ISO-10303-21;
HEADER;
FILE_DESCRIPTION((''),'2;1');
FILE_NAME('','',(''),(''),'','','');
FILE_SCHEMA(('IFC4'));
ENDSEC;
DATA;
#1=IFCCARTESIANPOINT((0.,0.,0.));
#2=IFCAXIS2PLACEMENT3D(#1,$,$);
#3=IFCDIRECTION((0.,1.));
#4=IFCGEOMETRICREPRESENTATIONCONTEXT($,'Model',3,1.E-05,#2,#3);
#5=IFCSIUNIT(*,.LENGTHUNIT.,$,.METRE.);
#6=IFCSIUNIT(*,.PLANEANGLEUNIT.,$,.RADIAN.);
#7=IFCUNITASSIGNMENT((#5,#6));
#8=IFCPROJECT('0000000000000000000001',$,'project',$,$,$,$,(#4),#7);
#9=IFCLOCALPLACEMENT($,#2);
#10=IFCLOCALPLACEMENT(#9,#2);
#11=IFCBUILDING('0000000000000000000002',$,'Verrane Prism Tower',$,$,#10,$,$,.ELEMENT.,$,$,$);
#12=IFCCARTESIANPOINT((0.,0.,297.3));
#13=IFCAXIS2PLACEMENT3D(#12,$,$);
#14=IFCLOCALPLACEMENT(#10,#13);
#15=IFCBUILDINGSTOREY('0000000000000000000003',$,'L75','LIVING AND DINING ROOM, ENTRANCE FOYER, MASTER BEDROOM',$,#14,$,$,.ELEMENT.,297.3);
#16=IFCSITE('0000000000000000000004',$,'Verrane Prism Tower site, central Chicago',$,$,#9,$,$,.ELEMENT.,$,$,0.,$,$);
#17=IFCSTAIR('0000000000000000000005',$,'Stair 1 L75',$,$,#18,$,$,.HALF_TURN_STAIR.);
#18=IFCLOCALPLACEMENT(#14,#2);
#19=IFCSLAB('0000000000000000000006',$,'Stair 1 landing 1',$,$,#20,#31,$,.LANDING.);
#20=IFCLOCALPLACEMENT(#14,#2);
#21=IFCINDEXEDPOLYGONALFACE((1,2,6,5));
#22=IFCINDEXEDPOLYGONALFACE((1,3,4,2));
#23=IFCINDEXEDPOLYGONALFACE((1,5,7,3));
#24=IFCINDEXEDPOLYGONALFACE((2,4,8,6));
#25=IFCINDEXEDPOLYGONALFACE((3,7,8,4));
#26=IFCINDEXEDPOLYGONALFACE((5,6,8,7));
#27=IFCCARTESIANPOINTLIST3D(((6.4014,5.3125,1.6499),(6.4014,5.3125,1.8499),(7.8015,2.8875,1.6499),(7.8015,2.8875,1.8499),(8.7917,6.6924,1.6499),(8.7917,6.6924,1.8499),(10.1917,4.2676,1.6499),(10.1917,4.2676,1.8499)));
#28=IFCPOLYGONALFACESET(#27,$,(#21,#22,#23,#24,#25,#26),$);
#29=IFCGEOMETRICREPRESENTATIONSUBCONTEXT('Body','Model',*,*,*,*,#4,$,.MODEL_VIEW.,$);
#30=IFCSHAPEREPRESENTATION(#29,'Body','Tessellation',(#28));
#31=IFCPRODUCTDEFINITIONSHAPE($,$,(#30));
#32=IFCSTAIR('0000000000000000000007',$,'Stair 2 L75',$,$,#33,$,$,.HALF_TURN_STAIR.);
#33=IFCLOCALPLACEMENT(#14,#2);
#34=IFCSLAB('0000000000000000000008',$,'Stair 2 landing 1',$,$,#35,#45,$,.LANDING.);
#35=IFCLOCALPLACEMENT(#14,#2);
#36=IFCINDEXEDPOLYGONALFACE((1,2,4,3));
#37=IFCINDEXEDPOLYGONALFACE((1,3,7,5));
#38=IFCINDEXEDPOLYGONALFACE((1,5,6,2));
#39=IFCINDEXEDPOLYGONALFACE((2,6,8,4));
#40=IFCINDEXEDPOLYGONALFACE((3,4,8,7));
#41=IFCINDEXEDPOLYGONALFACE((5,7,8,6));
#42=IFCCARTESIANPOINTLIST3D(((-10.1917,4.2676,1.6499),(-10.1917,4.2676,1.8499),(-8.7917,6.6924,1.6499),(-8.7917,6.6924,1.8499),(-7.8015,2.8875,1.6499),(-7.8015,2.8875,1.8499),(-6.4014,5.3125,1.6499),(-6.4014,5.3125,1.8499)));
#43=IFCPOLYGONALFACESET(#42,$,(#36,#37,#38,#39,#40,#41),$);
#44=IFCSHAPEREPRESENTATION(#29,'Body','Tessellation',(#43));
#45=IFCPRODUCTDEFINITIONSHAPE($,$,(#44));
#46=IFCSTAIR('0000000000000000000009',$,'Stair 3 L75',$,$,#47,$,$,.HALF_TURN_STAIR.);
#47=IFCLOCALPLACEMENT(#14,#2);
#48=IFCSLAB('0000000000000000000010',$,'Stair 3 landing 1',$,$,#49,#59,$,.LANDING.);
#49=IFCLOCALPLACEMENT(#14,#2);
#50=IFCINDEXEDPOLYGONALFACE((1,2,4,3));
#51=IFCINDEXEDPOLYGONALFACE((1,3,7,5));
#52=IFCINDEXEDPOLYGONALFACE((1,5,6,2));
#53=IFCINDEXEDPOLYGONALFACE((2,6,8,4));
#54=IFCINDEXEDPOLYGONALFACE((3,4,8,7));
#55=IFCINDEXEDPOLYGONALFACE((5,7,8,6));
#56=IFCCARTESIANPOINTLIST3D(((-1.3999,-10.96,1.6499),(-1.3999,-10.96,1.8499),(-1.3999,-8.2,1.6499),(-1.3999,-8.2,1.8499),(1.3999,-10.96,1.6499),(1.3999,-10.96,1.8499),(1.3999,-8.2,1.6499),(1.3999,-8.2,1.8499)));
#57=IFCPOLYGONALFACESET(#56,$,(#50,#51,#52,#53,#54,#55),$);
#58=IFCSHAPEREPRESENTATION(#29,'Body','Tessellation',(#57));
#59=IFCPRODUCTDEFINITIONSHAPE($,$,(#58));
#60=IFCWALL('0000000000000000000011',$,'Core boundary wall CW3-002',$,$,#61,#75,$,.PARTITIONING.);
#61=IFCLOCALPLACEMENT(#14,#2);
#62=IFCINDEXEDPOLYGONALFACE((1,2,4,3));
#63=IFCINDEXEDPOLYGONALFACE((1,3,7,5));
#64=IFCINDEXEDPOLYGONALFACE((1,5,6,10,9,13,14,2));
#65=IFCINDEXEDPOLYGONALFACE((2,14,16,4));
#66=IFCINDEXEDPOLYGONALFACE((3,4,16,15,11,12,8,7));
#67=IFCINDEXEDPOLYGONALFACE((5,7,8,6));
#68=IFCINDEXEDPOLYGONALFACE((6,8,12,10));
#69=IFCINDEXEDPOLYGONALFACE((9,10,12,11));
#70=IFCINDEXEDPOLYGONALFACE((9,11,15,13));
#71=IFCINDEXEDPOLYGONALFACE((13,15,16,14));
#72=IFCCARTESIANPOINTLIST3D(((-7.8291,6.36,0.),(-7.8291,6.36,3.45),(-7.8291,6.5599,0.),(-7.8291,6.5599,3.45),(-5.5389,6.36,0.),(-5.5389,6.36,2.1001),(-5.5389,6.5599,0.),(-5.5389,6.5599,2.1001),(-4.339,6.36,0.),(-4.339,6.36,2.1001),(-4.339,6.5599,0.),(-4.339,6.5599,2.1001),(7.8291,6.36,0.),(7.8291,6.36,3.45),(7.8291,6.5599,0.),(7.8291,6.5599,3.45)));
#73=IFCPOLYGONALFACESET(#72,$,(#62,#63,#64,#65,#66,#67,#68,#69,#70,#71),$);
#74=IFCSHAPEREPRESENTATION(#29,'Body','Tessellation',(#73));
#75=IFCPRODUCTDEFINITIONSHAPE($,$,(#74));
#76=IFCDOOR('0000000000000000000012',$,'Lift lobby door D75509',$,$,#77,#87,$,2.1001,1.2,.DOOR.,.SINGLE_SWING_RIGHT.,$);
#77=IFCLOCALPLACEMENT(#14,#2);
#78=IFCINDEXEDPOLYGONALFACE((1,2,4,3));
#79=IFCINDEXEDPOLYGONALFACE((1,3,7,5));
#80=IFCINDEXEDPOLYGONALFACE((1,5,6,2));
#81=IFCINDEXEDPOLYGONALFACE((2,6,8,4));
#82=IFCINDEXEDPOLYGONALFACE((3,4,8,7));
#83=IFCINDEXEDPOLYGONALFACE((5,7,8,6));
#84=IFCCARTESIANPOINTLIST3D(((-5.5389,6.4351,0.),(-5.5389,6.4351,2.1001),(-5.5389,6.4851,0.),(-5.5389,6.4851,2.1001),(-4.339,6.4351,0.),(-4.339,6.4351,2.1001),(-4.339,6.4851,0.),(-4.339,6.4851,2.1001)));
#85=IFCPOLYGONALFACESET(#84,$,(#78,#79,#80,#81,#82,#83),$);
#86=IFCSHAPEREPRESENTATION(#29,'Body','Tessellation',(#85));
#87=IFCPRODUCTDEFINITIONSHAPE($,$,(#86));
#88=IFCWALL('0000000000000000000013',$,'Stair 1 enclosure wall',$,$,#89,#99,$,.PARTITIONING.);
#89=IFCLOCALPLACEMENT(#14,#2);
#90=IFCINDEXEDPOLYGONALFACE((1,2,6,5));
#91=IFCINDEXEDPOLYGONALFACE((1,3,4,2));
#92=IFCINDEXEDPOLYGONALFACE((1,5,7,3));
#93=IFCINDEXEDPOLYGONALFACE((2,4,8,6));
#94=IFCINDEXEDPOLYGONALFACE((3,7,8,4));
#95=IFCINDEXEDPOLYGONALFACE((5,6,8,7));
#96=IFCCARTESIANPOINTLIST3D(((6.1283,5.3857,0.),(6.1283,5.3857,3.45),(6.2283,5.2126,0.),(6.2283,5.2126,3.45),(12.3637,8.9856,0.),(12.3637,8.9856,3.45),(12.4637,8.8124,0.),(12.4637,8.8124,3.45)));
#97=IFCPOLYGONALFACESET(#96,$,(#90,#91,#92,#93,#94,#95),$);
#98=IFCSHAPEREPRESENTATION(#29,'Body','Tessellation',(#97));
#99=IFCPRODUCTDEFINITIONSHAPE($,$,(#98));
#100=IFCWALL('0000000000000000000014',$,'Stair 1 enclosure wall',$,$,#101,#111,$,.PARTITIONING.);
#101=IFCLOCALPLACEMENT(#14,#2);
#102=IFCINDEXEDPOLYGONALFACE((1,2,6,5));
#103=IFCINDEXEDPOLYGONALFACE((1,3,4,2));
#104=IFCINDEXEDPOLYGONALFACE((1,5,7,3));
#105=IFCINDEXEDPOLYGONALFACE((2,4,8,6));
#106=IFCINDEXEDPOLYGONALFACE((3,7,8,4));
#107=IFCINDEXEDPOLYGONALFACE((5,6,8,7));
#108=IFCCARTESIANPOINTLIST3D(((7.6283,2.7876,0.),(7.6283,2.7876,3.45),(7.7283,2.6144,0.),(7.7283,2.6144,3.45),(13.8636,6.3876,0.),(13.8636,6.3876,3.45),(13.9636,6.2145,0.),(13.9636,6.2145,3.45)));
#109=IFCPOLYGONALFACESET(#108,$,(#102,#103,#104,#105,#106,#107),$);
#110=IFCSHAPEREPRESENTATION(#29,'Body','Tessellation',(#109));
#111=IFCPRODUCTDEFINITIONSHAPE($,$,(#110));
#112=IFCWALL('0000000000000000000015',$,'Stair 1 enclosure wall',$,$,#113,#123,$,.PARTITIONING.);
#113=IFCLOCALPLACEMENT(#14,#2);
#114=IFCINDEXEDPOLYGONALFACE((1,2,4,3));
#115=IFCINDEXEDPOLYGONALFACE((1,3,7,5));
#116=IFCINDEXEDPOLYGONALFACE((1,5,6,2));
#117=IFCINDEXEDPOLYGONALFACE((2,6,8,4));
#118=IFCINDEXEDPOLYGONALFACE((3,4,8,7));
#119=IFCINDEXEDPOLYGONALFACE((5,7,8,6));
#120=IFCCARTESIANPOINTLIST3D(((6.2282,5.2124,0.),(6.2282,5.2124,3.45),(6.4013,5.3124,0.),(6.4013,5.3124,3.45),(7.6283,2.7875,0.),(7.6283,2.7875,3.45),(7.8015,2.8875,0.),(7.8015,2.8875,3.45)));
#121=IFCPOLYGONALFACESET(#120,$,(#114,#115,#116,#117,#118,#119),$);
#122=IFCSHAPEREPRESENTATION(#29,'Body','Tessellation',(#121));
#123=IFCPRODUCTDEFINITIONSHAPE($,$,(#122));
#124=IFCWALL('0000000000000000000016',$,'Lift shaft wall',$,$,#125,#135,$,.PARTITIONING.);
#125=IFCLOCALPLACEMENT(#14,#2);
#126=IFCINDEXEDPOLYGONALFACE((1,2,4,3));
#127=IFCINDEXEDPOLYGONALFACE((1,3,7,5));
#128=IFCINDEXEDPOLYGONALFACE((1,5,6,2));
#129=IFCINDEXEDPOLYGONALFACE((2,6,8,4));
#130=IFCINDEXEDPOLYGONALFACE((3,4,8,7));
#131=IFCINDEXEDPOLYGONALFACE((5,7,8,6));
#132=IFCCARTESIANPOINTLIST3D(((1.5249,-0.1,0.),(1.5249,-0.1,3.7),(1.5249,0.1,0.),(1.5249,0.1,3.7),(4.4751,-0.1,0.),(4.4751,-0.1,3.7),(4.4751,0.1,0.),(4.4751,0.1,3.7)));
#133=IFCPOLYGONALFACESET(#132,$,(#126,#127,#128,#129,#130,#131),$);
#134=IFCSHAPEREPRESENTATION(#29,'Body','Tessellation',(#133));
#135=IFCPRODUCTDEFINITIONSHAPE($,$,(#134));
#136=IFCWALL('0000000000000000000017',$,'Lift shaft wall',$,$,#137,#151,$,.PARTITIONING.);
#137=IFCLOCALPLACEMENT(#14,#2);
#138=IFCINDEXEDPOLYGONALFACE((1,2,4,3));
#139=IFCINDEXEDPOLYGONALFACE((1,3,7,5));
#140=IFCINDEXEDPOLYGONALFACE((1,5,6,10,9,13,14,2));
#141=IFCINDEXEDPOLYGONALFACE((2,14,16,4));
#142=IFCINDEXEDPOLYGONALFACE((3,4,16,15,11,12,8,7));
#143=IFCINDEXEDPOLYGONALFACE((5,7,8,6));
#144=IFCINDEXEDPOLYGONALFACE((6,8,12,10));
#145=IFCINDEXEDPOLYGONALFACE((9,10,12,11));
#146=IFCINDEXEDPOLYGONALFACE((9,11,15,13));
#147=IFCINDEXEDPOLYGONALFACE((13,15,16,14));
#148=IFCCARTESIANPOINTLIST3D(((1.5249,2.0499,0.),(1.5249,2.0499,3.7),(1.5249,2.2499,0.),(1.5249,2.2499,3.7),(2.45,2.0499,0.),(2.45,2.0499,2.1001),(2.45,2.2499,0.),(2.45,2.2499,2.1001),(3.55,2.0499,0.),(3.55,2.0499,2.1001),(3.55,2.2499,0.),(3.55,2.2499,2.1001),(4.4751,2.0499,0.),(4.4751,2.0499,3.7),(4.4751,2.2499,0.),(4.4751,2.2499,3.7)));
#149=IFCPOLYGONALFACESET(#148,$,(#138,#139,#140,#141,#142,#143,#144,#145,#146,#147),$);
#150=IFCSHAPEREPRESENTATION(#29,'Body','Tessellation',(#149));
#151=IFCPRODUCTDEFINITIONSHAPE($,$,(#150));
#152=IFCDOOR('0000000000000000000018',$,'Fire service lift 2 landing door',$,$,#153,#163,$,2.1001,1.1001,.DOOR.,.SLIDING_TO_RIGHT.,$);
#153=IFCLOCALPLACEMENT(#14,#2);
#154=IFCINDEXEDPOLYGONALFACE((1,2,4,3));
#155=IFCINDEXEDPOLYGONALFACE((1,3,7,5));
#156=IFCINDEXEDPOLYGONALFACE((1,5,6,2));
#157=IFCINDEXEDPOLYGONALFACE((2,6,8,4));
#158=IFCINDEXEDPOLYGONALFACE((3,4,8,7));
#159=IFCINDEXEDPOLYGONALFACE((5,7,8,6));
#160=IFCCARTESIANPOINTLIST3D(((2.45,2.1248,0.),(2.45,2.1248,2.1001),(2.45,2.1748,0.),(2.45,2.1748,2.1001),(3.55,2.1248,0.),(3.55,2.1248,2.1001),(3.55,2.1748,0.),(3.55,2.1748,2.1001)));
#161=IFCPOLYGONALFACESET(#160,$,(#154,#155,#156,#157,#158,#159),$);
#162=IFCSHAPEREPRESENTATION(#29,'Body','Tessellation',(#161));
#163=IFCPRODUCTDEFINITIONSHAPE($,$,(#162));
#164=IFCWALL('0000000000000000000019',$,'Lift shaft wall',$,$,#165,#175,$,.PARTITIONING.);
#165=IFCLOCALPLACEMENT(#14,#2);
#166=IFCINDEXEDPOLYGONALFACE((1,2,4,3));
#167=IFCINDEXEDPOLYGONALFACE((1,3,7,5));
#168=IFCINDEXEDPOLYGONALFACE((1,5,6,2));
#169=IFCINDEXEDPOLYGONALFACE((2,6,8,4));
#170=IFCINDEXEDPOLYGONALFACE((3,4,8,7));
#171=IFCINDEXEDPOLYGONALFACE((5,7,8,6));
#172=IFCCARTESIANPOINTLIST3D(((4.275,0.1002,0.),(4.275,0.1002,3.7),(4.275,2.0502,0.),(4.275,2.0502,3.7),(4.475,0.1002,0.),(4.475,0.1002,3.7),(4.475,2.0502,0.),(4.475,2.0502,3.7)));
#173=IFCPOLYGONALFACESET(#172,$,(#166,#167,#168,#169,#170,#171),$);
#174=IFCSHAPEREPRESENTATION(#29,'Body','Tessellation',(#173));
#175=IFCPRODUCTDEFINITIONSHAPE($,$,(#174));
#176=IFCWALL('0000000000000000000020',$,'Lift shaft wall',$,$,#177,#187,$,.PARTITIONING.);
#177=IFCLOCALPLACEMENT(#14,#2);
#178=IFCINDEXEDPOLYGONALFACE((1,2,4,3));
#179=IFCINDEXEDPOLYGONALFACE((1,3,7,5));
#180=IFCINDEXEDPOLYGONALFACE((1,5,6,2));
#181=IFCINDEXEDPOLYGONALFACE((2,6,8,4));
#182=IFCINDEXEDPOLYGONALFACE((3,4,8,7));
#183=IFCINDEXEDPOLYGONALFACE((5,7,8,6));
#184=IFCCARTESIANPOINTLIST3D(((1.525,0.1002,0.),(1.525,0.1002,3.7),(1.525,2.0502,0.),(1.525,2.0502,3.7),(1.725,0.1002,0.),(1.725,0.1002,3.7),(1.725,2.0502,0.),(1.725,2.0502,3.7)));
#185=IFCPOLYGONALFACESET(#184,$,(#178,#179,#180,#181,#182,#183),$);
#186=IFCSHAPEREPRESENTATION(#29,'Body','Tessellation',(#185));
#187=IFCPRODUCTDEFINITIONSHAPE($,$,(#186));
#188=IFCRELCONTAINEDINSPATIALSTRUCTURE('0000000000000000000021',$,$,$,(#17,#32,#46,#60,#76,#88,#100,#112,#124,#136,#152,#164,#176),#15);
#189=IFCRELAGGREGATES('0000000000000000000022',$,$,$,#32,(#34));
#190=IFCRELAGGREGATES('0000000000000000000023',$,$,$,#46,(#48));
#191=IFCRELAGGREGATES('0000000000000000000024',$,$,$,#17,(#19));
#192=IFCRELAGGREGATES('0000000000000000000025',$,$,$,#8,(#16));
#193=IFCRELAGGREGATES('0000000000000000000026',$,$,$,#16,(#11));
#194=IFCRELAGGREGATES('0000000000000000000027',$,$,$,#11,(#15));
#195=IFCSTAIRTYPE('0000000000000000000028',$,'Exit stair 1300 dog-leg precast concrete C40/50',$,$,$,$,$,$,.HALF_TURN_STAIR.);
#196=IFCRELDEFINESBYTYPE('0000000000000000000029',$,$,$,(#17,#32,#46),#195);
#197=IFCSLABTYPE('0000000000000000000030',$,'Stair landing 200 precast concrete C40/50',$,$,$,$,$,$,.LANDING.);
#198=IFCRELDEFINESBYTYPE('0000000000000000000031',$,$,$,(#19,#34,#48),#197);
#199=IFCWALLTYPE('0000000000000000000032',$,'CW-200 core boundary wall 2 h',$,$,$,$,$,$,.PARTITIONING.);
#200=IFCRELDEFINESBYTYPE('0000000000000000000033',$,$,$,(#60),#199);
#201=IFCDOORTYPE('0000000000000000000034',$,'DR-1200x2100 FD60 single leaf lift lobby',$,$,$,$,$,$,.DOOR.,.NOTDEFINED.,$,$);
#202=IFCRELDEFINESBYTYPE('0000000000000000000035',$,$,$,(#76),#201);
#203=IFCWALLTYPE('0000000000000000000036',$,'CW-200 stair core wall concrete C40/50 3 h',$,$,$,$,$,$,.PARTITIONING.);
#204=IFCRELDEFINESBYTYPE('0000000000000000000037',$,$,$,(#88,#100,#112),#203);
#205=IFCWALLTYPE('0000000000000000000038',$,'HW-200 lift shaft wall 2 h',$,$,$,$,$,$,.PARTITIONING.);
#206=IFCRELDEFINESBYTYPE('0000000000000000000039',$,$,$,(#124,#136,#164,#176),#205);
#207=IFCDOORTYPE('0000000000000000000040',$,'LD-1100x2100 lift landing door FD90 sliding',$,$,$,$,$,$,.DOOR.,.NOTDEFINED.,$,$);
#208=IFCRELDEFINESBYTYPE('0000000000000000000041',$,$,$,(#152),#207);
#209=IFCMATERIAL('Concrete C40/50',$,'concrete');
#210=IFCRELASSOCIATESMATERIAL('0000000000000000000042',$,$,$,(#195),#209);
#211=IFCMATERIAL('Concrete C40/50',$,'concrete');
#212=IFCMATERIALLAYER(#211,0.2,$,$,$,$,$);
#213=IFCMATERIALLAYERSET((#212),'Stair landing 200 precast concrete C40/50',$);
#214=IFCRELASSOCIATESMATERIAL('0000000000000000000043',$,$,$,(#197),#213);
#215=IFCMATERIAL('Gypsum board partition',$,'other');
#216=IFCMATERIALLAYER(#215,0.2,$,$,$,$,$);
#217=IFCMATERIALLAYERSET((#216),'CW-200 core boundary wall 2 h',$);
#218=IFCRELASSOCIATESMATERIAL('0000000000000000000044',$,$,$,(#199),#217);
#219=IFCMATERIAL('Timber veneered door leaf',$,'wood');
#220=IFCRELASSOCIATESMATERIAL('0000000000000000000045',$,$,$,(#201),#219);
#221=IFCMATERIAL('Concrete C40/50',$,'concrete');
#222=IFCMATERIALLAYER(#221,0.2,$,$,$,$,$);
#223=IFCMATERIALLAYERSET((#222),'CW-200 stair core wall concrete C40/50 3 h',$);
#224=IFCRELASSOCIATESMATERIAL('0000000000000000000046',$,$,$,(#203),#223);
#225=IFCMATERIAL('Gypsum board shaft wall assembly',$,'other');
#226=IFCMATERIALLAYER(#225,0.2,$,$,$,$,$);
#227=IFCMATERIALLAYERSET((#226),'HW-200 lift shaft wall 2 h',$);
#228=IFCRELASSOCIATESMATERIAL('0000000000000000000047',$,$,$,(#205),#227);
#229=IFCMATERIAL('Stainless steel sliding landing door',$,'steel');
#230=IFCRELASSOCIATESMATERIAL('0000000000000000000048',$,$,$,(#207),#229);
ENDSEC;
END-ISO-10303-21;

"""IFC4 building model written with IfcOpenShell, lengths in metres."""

from ifc_helpers import new_model, si_unit, direction, frame, frame_2d, origin, place, context, subcontext, project, spatial, polyline, rectangle, outline, extrude, material, layer, layer_set, type_object, element, fill, aggregate, save


model = new_model("IFC4")

# Units and contexts
model_context = context("Model", 3, precision=1e-05, world=origin(), true_north=direction((0.0, 1.0)))
body_context = subcontext(model_context, "Body", "Model", "MODEL_VIEW")
ifc_project = project(units=[si_unit("LENGTHUNIT", "METRE"), si_unit("PLANEANGLEUNIT", "RADIAN")], contexts=[model_context])

# Site, building, storey
site_placement = place(None, origin())
site = spatial("IfcSite", under=ifc_project, at=site_placement, Name="Verrane Prism Tower site, central Chicago", CompositionType="ELEMENT", RefElevation=0.0)
building_placement = place(site_placement, origin())
building = spatial("IfcBuilding", under=site, at=building_placement, Name="Verrane Prism Tower", CompositionType="ELEMENT")
storey_placement = place(building_placement, frame((0.0, 0.0, 297.3)))
storey = spatial("IfcBuildingStorey", under=building, at=storey_placement, Name="L75", Description="LIVING AND DINING ROOM, ENTRANCE FOYER, MASTER BEDROOM", CompositionType="ELEMENT", Elevation=297.3)

# Stairs, slabs
ifc_material_1 = material(Name="Concrete C40/50", Category="concrete")
stair_type = type_object("IfcStairType", Name="Exit stair 1300 dog-leg precast concrete C40/50", PredefinedType="HALF_TURN_STAIR", material=ifc_material_1)
stair_1_placement = place(storey_placement, origin())
stair_1 = element("IfcStair", 1, at=stair_1_placement, inside=storey, type_object=stair_type, Name="Stair 1 L75", PredefinedType="HALF_TURN_STAIR")
ifc_material_2 = material(Name="Concrete C40/50", Category="concrete")
ifc_layer_1 = layer(ifc_material_2, 0.2)
ifc_layer_set_1 = layer_set([ifc_layer_1], Name="Stair landing 200 precast concrete C40/50")
slab_type_1 = type_object("IfcSlabType", Name="Stair landing 200 precast concrete C40/50", PredefinedType="LANDING", material=ifc_layer_set_1)
slab_1_placement = place(storey_placement, frame((0.0, 0.0, 1.6499)))
slab_1 = element("IfcSlab", 2, at=slab_1_placement, type_object=slab_type_1, Name="Stair 1 landing 1", PredefinedType="LANDING", context=body_context, shape_type="SweptSolid", body=[
    extrude(outline(polyline([(8.7917, 6.6924), (6.4014, 5.3125), (7.8015, 2.8875), (10.1917, 4.2676), (8.7917, 6.6924)])), origin(), (0.0, 0.0, 1.0), 0.2),
])
stair_2_placement = place(storey_placement, origin())
stair_2 = element("IfcStair", 3, at=stair_2_placement, inside=storey, type_object=stair_type, Name="Stair 2 L75", PredefinedType="HALF_TURN_STAIR")
slab_2_placement = place(storey_placement, frame((0.0, 0.0, 1.6499)))
slab_2 = element("IfcSlab", 4, at=slab_2_placement, type_object=slab_type_1, Name="Stair 2 landing 1", PredefinedType="LANDING", context=body_context, shape_type="SweptSolid", body=[
    extrude(outline(polyline([(-10.1917, 4.2676), (-7.8015, 2.8875), (-6.4014, 5.3125), (-8.7917, 6.6924), (-10.1917, 4.2676)])), origin(), (0.0, 0.0, 1.0), 0.2),
])
aggregate(stair_2, [slab_2])
stair_3_placement = place(storey_placement, origin())
stair_3 = element("IfcStair", 5, at=stair_3_placement, inside=storey, type_object=stair_type, Name="Stair 3 L75", PredefinedType="HALF_TURN_STAIR")
slab_3_placement = place(storey_placement, frame((0.0, 0.0, 1.6499)))
slab_3 = element("IfcSlab", 6, at=slab_3_placement, type_object=slab_type_1, Name="Stair 3 landing 1", PredefinedType="LANDING", context=body_context, shape_type="SweptSolid", body=[
    extrude(outline(polyline([(1.3999, -10.96), (1.3999, -8.2), (-1.3999, -8.2), (-1.3999, -10.96), (1.3999, -10.96)])), origin(), (0.0, 0.0, 1.0), 0.2),
])
aggregate(stair_3, [slab_3])

# Wall, opening, door
ifc_material_3 = material(Name="Gypsum board partition", Category="other")
ifc_layer_2 = layer(ifc_material_3, 0.2)
ifc_layer_set_2 = layer_set([ifc_layer_2], Name="CW-200 core boundary wall 2 h")
wall_type_1 = type_object("IfcWallType", Name="CW-200 core boundary wall 2 h", PredefinedType="PARTITIONING", material=ifc_layer_set_2)
wall_1_placement = place(storey_placement, frame((7.8291, 6.46, 0.0), z_axis=(0.0, 0.0, 1.0), x_axis=(-1.0, 0.0, 0.0)))
wall_1 = element("IfcWall", 7, at=wall_1_placement, inside=storey, type_object=wall_type_1, Name="Core boundary wall CW3-002", PredefinedType="PARTITIONING", context=body_context, shape_type="SweptSolid", body=[
    extrude(rectangle(XDim=15.6582, YDim=0.2, at=frame_2d((7.8291, 0.0))), origin(), (0.0, 0.0, 1.0), 3.45),
])
opening_1_placement = place(wall_1_placement, frame((12.168, 0.0, 0.0)))
opening_1 = element("IfcOpeningElement", 8, at=opening_1_placement, cuts=wall_1, PredefinedType="OPENING", context=body_context, shape_type="SweptSolid", body=[
    extrude(rectangle(XDim=1.2, YDim=2.1001, at=frame_2d((0.6001, 1.05))), frame((0.0, 0.1099, 0.0), z_axis=(0.0, -1.0, 0.0), x_axis=(1.0, 0.0, 0.0)), (0.0, 0.0, 1.0), 0.22),
])
ifc_material_4 = material(Name="Timber veneered door leaf", Category="wood")
door_type_1 = type_object("IfcDoorType", Name="DR-1200x2100 FD60 single leaf lift lobby", OperationType="NOTDEFINED", PredefinedType="DOOR", material=ifc_material_4)
door_1_placement = place(opening_1_placement, origin())
door_1 = element("IfcDoor", 9, at=door_1_placement, inside=storey, type_object=door_type_1, Name="Lift lobby door D75509", OperationType="SINGLE_SWING_RIGHT", OverallHeight=2.1001, OverallWidth=1.2, PredefinedType="DOOR", context=body_context, shape_type="SweptSolid", body=[
    extrude(rectangle(XDim=1.2, YDim=2.1001, at=frame_2d((0.6001, 1.05))), frame((0.0, 0.0249, 0.0), z_axis=(0.0, -1.0, 0.0), x_axis=(1.0, 0.0, 0.0)), (0.0, 0.0, 1.0), 0.05),
])
fill(opening_1, door_1)

# Walls
ifc_material_5 = material(Name="Concrete C40/50", Category="concrete")
ifc_layer_3 = layer(ifc_material_5, 0.2)
ifc_layer_set_3 = layer_set([ifc_layer_3], Name="CW-200 stair core wall concrete C40/50 3 h")
wall_type_2 = type_object("IfcWallType", Name="CW-200 stair core wall concrete C40/50 3 h", PredefinedType="PARTITIONING", material=ifc_layer_set_3)
for number, where, z_axis, x_axis, name in (
    (10, (6.1782, 5.2991, 0.0), (0.0, 0.0, 1.0), (0.866033, 0.499987, 0.0), "Stair 1 enclosure wall"),
    (11, (7.6782, 2.7009, 0.0), (0.0, 0.0, 1.0), (0.866018, 0.500012, 0.0), "Stair 1 enclosure wall"),
):
    element("IfcWall", number, at=place(storey_placement, frame(where, z_axis=z_axis, x_axis=x_axis)), inside=storey, type_object=wall_type_2, Name=name, PredefinedType="PARTITIONING", context=body_context, shape_type="SweptSolid", body=[
        extrude(rectangle(XDim=7.2, YDim=0.2, at=frame_2d((3.6001, 0.0))), origin(), (0.0, 0.0, 1.0), 3.45),
    ])
wall_2_placement = place(storey_placement, frame((7.7148, 2.8376, 0.0), z_axis=(0.0, 0.0, 1.0), x_axis=(-0.50005, 0.865997, 0.0)))
element("IfcWall", 12, at=wall_2_placement, inside=storey, type_object=wall_type_2, Name="Stair 1 enclosure wall", PredefinedType="PARTITIONING", context=body_context, shape_type="SweptSolid", body=[
    extrude(rectangle(XDim=2.8, YDim=0.2, at=frame_2d((1.3999, 0.0))), origin(), (0.0, 0.0, 1.0), 3.45),
])
ifc_material_6 = material(Name="Gypsum board shaft wall assembly", Category="other")
ifc_layer_4 = layer(ifc_material_6, 0.2)
ifc_layer_set_4 = layer_set([ifc_layer_4], Name="HW-200 lift shaft wall 2 h")
wall_type_3 = type_object("IfcWallType", Name="HW-200 lift shaft wall 2 h", PredefinedType="PARTITIONING", material=ifc_layer_set_4)
wall_3_placement = place(storey_placement, frame((1.5249, 0.0, 0.0), z_axis=(0.0, 0.0, 1.0), x_axis=(1.0, 0.0, 0.0)))
element("IfcWall", 13, at=wall_3_placement, inside=storey, type_object=wall_type_3, Name="Lift shaft wall", PredefinedType="PARTITIONING", context=body_context, shape_type="SweptSolid", body=[
    extrude(rectangle(XDim=2.9502, YDim=0.2, at=frame_2d((1.4751, 0.0))), origin(), (0.0, 0.0, 1.0), 3.7),
])

# Wall, opening, door
wall_4_placement = place(storey_placement, frame((1.5249, 2.1499, 0.0), z_axis=(0.0, 0.0, 1.0), x_axis=(1.0, 0.0, 0.0)))
wall_4 = element("IfcWall", 14, at=wall_4_placement, inside=storey, type_object=wall_type_3, Name="Lift shaft wall", PredefinedType="PARTITIONING", context=body_context, shape_type="SweptSolid", body=[
    extrude(rectangle(XDim=2.9502, YDim=0.2, at=frame_2d((1.4751, 0.0))), origin(), (0.0, 0.0, 1.0), 3.7),
])
opening_2_placement = place(wall_4_placement, frame((0.925, 0.0, 0.0)))
opening_2 = element("IfcOpeningElement", 15, at=opening_2_placement, cuts=wall_4, PredefinedType="OPENING", context=body_context, shape_type="SweptSolid", body=[
    extrude(rectangle(XDim=1.1001, YDim=2.1001, at=frame_2d((0.55, 1.05))), frame((0.0, 0.1099, 0.0), z_axis=(0.0, -1.0, 0.0), x_axis=(1.0, 0.0, 0.0)), (0.0, 0.0, 1.0), 0.22),
])
ifc_material_7 = material(Name="Stainless steel sliding landing door", Category="steel")
door_type_2 = type_object("IfcDoorType", Name="LD-1100x2100 lift landing door FD90 sliding", OperationType="NOTDEFINED", PredefinedType="DOOR", material=ifc_material_7)
door_2_placement = place(opening_2_placement, origin())
door_2 = element("IfcDoor", 16, at=door_2_placement, inside=storey, type_object=door_type_2, Name="Fire service lift 2 landing door", OperationType="SLIDING_TO_RIGHT", OverallHeight=2.1001, OverallWidth=1.1001, PredefinedType="DOOR", context=body_context, shape_type="SweptSolid", body=[
    extrude(rectangle(XDim=1.1001, YDim=2.1001, at=frame_2d((0.55, 1.05))), frame((0.0, 0.0249, 0.0), z_axis=(0.0, -1.0, 0.0), x_axis=(1.0, 0.0, 0.0)), (0.0, 0.0, 1.0), 0.05),
])
fill(opening_2, door_2)

# Walls
for number, where, z_axis, x_axis, name in (
    (17, (4.375, 0.1001, 0.0), (0.0, 0.0, 1.0), (0.0, 1.0, 0.0), "Lift shaft wall"),
    (18, (1.625, 0.1001, 0.0), (0.0, 0.0, 1.0), (0.0, 1.0, 0.0), "Lift shaft wall"),
):
    element("IfcWall", number, at=place(storey_placement, frame(where, z_axis=z_axis, x_axis=x_axis)), inside=storey, type_object=wall_type_3, Name=name, PredefinedType="PARTITIONING", context=body_context, shape_type="SweptSolid", body=[
        extrude(rectangle(XDim=1.95, YDim=0.2, at=frame_2d((0.9751, 0.0))), origin(), (0.0, 0.0, 1.0), 3.7),
    ])

aggregate(stair_1, [slab_1])

save(model, "model.ifc")
